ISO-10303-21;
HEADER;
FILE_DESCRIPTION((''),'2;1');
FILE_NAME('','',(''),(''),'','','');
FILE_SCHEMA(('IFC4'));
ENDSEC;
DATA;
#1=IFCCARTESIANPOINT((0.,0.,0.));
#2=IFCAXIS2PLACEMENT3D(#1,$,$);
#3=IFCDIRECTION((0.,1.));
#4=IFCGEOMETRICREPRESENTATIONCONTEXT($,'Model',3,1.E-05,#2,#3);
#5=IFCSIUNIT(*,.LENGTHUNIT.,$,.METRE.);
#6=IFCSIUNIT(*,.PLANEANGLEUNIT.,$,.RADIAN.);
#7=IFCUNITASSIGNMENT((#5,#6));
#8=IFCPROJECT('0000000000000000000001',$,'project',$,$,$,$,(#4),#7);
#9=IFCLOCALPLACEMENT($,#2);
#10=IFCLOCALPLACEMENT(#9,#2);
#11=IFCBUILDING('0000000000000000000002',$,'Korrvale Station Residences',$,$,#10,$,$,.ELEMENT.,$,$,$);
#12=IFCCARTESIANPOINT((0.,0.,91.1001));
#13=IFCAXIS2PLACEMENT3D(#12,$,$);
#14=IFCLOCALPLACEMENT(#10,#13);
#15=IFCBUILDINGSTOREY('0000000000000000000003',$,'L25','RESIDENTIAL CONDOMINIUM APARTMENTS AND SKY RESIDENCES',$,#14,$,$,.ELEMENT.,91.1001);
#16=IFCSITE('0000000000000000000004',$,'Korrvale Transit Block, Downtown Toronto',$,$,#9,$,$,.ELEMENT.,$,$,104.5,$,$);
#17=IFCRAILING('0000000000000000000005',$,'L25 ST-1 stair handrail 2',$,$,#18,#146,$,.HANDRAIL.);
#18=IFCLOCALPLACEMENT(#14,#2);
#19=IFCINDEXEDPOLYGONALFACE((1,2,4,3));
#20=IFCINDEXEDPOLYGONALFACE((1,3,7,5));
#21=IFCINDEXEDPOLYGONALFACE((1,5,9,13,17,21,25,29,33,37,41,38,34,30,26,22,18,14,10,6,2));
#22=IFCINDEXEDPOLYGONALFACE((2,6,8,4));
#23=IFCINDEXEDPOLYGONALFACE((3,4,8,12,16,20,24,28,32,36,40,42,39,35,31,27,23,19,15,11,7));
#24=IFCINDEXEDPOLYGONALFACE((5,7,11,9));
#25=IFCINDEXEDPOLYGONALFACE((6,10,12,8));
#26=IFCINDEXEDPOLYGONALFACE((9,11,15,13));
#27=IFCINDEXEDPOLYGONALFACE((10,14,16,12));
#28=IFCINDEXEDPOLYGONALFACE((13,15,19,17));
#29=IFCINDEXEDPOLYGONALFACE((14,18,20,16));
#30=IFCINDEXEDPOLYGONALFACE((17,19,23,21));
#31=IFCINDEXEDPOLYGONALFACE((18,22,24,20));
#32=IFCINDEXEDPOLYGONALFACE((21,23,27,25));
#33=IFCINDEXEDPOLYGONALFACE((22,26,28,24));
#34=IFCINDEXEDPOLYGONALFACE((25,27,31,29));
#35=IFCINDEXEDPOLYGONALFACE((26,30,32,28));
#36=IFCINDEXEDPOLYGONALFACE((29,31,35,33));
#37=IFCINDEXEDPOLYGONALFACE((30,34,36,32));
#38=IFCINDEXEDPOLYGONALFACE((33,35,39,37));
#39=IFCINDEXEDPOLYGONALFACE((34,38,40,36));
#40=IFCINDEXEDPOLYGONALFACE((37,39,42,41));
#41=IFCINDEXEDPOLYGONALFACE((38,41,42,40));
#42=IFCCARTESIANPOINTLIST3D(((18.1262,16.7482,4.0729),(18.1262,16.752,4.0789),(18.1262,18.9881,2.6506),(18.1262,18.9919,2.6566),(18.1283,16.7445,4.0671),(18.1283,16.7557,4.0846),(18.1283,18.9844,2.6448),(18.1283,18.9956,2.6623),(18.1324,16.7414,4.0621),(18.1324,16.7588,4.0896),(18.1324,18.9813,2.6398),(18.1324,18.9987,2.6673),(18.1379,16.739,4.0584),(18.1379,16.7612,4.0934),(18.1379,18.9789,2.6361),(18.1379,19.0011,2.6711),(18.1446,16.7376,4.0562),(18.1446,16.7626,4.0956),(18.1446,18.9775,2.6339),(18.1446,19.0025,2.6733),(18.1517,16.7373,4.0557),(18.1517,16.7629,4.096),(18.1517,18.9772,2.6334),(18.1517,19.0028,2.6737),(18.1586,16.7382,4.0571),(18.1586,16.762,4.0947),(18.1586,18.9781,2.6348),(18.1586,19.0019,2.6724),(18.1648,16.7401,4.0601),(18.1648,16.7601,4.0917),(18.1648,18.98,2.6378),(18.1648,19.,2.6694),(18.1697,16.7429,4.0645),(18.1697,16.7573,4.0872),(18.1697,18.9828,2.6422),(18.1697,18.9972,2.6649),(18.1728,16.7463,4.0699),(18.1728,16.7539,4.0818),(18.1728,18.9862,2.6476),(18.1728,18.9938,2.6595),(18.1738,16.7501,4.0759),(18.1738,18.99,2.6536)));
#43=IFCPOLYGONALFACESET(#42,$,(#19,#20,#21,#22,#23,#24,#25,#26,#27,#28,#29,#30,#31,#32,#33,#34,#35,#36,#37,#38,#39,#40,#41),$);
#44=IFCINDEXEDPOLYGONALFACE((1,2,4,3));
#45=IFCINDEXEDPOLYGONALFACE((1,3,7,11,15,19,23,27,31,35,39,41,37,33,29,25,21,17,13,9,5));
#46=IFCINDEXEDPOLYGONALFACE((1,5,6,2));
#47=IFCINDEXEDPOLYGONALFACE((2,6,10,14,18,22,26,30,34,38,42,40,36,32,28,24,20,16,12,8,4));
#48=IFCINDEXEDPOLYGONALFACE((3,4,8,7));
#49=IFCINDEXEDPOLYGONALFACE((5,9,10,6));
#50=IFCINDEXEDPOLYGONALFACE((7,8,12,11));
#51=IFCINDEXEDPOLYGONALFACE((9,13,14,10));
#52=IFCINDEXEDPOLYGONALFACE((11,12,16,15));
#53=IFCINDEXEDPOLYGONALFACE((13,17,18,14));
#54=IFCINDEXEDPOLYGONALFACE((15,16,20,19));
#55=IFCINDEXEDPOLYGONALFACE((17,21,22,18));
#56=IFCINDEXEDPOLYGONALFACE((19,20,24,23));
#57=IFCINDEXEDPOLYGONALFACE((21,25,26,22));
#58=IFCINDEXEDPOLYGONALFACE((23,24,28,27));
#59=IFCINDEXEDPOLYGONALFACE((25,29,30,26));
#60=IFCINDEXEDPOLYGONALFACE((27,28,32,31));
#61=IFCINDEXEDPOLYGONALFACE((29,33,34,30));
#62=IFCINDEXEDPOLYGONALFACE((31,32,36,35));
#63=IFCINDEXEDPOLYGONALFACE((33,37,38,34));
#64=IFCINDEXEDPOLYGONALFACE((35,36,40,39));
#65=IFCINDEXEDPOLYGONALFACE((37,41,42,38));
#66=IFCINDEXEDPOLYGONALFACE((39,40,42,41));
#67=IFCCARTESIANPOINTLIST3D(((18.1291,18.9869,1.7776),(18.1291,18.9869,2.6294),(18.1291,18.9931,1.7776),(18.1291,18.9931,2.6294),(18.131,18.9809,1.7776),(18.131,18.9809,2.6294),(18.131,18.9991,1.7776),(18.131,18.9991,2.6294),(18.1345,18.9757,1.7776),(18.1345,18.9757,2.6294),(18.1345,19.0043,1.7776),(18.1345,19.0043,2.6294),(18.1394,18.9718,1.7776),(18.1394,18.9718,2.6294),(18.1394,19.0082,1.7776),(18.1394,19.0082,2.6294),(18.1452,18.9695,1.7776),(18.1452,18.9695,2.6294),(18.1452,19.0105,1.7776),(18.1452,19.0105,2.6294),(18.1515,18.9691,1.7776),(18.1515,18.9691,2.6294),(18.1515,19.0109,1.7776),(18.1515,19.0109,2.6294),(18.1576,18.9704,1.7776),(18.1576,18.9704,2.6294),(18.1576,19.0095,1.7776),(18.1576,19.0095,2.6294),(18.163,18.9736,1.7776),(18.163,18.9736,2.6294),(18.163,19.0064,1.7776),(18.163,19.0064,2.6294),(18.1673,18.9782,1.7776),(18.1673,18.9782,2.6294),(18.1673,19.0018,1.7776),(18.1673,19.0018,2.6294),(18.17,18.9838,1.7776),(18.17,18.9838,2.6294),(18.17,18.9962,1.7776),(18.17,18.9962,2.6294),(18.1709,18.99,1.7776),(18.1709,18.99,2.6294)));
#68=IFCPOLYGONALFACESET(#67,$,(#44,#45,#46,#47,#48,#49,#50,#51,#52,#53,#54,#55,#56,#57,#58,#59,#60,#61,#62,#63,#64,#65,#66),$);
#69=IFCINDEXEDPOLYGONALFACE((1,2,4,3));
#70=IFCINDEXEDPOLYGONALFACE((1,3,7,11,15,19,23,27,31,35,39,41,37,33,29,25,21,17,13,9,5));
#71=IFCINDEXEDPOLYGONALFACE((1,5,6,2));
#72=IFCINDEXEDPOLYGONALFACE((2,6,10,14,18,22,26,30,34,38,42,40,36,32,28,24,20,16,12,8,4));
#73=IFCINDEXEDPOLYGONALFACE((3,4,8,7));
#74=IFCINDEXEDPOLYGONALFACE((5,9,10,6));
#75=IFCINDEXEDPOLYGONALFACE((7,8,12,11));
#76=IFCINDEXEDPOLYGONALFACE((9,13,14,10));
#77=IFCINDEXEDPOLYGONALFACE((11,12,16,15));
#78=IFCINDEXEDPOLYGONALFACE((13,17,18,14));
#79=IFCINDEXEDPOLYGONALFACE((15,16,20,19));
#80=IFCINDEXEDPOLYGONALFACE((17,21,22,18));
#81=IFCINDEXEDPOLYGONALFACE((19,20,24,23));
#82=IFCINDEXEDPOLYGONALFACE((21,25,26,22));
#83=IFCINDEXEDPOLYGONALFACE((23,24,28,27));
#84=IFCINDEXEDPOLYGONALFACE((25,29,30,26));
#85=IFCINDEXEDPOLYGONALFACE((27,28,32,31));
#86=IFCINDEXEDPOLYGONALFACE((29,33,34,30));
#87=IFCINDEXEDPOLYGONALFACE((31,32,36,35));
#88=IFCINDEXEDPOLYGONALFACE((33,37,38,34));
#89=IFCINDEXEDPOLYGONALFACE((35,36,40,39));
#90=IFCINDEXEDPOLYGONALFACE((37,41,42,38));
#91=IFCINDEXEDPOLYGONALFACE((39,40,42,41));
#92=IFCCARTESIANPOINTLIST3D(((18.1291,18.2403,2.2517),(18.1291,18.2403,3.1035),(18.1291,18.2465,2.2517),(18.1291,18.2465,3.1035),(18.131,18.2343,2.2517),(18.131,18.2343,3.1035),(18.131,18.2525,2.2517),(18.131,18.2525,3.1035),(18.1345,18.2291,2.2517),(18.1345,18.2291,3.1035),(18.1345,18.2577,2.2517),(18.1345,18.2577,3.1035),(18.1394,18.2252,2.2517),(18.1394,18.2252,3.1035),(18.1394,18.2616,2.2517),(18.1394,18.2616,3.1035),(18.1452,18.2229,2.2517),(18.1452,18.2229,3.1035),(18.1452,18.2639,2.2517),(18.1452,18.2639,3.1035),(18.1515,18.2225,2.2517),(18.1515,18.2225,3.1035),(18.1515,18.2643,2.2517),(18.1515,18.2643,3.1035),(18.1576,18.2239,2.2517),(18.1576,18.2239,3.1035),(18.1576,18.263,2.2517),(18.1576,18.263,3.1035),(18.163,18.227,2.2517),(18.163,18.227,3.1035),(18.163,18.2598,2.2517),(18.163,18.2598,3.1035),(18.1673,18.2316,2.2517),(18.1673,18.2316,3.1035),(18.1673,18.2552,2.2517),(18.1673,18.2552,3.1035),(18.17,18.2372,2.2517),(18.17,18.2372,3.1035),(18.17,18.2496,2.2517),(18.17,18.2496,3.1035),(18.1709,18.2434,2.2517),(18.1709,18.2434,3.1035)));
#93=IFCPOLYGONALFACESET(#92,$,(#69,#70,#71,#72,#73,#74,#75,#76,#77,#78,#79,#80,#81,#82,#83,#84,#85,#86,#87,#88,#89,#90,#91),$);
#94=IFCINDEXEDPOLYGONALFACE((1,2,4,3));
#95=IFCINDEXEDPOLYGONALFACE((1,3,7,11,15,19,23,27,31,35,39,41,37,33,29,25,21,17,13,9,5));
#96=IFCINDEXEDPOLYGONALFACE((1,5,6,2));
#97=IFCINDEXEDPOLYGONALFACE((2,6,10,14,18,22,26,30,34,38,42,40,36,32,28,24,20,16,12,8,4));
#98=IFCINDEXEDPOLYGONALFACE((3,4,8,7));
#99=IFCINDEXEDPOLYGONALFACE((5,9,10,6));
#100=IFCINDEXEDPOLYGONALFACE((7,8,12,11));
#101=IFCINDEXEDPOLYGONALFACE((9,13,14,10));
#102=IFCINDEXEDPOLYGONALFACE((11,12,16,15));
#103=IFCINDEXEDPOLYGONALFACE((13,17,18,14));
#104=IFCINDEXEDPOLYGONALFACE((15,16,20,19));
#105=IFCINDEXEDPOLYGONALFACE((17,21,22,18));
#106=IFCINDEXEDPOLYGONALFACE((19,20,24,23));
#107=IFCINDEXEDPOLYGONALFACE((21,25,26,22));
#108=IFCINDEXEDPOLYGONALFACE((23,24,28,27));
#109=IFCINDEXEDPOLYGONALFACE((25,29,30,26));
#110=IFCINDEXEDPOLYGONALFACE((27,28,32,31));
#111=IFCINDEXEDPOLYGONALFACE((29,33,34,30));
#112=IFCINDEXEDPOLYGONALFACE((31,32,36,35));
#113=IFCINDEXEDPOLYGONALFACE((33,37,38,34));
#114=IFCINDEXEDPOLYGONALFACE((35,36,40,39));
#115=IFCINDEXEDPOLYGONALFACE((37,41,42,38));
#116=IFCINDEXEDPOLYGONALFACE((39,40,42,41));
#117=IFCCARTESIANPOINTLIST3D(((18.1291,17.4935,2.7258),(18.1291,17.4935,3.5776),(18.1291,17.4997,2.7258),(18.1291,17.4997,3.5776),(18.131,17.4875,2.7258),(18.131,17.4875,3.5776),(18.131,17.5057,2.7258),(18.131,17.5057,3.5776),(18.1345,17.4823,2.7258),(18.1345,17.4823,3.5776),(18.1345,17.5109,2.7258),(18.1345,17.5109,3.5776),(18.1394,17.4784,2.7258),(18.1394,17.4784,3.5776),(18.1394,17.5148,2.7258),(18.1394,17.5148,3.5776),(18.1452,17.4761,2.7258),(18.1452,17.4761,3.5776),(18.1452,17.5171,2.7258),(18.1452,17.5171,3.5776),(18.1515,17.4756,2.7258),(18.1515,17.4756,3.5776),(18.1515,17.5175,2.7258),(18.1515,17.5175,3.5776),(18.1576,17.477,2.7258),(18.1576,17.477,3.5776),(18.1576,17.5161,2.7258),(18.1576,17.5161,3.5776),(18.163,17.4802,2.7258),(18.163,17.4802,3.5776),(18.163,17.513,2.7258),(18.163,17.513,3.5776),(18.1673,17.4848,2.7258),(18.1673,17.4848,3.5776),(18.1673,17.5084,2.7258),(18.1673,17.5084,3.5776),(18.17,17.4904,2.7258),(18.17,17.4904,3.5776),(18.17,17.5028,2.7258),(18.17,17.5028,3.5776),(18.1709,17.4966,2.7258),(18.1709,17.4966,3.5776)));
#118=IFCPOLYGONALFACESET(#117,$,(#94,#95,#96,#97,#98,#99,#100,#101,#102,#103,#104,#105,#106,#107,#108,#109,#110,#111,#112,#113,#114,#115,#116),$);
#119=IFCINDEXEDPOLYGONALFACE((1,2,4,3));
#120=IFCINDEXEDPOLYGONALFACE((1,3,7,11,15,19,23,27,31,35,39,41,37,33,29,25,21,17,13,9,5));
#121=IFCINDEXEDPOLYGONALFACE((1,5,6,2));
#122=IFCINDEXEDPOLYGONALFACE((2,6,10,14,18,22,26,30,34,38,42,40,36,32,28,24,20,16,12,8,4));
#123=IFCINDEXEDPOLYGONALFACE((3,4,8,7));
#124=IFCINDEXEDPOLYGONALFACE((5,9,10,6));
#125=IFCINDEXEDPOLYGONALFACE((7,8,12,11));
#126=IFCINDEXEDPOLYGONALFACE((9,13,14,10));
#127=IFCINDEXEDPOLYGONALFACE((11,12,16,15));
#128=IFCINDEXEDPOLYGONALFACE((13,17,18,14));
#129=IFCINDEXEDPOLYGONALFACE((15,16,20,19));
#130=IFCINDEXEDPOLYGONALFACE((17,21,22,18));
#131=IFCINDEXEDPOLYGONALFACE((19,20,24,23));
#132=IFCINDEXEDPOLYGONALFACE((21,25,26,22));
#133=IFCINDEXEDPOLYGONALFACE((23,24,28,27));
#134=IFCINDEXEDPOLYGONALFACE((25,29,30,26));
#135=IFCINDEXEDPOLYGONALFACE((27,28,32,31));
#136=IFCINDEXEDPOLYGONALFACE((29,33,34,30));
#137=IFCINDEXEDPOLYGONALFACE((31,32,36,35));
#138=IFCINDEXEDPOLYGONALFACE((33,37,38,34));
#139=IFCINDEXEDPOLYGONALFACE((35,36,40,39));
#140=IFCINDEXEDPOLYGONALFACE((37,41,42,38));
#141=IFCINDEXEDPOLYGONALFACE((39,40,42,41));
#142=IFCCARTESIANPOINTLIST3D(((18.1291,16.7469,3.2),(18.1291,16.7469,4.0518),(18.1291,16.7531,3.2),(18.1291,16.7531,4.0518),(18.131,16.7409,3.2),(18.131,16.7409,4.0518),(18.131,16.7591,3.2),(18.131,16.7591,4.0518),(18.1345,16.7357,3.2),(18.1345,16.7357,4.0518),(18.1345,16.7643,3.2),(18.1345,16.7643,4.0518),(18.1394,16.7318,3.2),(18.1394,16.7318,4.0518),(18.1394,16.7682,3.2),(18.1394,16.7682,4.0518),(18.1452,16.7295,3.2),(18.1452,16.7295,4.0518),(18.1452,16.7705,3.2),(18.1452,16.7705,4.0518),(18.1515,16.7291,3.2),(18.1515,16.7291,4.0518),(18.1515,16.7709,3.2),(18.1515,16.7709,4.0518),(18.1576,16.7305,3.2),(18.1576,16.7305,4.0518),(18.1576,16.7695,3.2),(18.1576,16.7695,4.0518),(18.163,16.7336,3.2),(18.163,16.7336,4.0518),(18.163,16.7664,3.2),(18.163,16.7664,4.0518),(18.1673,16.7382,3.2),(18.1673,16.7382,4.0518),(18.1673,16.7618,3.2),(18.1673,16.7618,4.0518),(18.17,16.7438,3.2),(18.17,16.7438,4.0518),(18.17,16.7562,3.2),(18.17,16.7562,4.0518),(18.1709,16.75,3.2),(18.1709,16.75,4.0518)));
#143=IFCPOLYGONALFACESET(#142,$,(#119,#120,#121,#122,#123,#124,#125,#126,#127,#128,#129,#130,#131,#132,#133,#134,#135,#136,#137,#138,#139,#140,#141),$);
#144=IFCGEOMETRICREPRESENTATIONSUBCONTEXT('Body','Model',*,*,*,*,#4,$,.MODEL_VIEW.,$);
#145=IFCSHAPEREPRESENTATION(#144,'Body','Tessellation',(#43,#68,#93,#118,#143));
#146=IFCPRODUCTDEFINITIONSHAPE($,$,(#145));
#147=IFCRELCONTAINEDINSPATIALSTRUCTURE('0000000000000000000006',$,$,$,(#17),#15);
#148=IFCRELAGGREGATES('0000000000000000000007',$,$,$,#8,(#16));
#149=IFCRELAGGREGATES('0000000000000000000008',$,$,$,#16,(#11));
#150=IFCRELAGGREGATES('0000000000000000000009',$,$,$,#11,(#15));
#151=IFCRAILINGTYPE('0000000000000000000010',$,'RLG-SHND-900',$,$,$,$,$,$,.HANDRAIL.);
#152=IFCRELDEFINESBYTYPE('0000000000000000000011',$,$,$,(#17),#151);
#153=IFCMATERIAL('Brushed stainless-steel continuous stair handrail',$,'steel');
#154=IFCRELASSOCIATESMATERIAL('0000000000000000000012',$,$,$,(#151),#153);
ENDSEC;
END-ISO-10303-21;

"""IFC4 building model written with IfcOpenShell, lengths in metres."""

from ifc_helpers import new_model, si_unit, direction, frame, origin, origin_2d, place, context, subcontext, project, spatial, circle, extrude, material, type_object, element, save


model = new_model("IFC4")

# Units and contexts
model_context = context("Model", 3, precision=1e-05, world=origin(), true_north=direction((0.0, 1.0)))
body_context = subcontext(model_context, "Body", "Model", "MODEL_VIEW")
ifc_project = project(units=[si_unit("LENGTHUNIT", "METRE"), si_unit("PLANEANGLEUNIT", "RADIAN")], contexts=[model_context])

# Site, building, storey
site_placement = place(None, origin())
site = spatial("IfcSite", under=ifc_project, at=site_placement, Name="Korrvale Transit Block, Downtown Toronto", CompositionType="ELEMENT", RefElevation=104.5)
building_placement = place(site_placement, origin())
building = spatial("IfcBuilding", under=site, at=building_placement, Name="Korrvale Station Residences", CompositionType="ELEMENT")
storey_placement = place(building_placement, frame((0.0, 0.0, 91.1001)))
storey = spatial("IfcBuildingStorey", under=building, at=storey_placement, Name="L25", Description="RESIDENTIAL CONDOMINIUM APARTMENTS AND SKY RESIDENCES", CompositionType="ELEMENT", Elevation=91.1001)

# Railing
ifc_material_1 = material(Name="Brushed stainless-steel continuous stair handrail", Category="steel")
railing_type_1 = type_object("IfcRailingType", Name="RLG-SHND-900", PredefinedType="HANDRAIL", material=ifc_material_1)
railing_1_placement = place(storey_placement, frame((18.1499, 18.99, 1.7776)))
element("IfcRailing", 1, at=railing_1_placement, inside=storey, type_object=railing_type_1, Name="L25 ST-1 stair handrail 2", PredefinedType="HANDRAIL", context=body_context, shape_type="SweptSolid", body=[
    extrude(circle(Radius=0.0239, at=origin_2d()), frame((0.0, 0.0, 0.876), z_axis=(0.0, -0.844188, 0.536048), x_axis=(1.0, 0.0, 0.0)), (0.0, 0.0, 1.0), 2.6533),
    extrude(circle(Radius=0.021, at=origin_2d()), origin(), (0.0, 0.0, 1.0), 0.8518),
    extrude(circle(Radius=0.021, at=origin_2d()), frame((0.0, -0.7466, 0.4741)), (0.0, 0.0, 1.0), 0.8518),
    extrude(circle(Radius=0.021, at=origin_2d()), frame((0.0, -1.4934, 0.9482)), (0.0, 0.0, 1.0), 0.8518),
    extrude(circle(Radius=0.021, at=origin_2d()), frame((0.0, -2.24, 1.4224)), (0.0, 0.0, 1.0), 0.8518),
])

save(model, "model.ifc")
